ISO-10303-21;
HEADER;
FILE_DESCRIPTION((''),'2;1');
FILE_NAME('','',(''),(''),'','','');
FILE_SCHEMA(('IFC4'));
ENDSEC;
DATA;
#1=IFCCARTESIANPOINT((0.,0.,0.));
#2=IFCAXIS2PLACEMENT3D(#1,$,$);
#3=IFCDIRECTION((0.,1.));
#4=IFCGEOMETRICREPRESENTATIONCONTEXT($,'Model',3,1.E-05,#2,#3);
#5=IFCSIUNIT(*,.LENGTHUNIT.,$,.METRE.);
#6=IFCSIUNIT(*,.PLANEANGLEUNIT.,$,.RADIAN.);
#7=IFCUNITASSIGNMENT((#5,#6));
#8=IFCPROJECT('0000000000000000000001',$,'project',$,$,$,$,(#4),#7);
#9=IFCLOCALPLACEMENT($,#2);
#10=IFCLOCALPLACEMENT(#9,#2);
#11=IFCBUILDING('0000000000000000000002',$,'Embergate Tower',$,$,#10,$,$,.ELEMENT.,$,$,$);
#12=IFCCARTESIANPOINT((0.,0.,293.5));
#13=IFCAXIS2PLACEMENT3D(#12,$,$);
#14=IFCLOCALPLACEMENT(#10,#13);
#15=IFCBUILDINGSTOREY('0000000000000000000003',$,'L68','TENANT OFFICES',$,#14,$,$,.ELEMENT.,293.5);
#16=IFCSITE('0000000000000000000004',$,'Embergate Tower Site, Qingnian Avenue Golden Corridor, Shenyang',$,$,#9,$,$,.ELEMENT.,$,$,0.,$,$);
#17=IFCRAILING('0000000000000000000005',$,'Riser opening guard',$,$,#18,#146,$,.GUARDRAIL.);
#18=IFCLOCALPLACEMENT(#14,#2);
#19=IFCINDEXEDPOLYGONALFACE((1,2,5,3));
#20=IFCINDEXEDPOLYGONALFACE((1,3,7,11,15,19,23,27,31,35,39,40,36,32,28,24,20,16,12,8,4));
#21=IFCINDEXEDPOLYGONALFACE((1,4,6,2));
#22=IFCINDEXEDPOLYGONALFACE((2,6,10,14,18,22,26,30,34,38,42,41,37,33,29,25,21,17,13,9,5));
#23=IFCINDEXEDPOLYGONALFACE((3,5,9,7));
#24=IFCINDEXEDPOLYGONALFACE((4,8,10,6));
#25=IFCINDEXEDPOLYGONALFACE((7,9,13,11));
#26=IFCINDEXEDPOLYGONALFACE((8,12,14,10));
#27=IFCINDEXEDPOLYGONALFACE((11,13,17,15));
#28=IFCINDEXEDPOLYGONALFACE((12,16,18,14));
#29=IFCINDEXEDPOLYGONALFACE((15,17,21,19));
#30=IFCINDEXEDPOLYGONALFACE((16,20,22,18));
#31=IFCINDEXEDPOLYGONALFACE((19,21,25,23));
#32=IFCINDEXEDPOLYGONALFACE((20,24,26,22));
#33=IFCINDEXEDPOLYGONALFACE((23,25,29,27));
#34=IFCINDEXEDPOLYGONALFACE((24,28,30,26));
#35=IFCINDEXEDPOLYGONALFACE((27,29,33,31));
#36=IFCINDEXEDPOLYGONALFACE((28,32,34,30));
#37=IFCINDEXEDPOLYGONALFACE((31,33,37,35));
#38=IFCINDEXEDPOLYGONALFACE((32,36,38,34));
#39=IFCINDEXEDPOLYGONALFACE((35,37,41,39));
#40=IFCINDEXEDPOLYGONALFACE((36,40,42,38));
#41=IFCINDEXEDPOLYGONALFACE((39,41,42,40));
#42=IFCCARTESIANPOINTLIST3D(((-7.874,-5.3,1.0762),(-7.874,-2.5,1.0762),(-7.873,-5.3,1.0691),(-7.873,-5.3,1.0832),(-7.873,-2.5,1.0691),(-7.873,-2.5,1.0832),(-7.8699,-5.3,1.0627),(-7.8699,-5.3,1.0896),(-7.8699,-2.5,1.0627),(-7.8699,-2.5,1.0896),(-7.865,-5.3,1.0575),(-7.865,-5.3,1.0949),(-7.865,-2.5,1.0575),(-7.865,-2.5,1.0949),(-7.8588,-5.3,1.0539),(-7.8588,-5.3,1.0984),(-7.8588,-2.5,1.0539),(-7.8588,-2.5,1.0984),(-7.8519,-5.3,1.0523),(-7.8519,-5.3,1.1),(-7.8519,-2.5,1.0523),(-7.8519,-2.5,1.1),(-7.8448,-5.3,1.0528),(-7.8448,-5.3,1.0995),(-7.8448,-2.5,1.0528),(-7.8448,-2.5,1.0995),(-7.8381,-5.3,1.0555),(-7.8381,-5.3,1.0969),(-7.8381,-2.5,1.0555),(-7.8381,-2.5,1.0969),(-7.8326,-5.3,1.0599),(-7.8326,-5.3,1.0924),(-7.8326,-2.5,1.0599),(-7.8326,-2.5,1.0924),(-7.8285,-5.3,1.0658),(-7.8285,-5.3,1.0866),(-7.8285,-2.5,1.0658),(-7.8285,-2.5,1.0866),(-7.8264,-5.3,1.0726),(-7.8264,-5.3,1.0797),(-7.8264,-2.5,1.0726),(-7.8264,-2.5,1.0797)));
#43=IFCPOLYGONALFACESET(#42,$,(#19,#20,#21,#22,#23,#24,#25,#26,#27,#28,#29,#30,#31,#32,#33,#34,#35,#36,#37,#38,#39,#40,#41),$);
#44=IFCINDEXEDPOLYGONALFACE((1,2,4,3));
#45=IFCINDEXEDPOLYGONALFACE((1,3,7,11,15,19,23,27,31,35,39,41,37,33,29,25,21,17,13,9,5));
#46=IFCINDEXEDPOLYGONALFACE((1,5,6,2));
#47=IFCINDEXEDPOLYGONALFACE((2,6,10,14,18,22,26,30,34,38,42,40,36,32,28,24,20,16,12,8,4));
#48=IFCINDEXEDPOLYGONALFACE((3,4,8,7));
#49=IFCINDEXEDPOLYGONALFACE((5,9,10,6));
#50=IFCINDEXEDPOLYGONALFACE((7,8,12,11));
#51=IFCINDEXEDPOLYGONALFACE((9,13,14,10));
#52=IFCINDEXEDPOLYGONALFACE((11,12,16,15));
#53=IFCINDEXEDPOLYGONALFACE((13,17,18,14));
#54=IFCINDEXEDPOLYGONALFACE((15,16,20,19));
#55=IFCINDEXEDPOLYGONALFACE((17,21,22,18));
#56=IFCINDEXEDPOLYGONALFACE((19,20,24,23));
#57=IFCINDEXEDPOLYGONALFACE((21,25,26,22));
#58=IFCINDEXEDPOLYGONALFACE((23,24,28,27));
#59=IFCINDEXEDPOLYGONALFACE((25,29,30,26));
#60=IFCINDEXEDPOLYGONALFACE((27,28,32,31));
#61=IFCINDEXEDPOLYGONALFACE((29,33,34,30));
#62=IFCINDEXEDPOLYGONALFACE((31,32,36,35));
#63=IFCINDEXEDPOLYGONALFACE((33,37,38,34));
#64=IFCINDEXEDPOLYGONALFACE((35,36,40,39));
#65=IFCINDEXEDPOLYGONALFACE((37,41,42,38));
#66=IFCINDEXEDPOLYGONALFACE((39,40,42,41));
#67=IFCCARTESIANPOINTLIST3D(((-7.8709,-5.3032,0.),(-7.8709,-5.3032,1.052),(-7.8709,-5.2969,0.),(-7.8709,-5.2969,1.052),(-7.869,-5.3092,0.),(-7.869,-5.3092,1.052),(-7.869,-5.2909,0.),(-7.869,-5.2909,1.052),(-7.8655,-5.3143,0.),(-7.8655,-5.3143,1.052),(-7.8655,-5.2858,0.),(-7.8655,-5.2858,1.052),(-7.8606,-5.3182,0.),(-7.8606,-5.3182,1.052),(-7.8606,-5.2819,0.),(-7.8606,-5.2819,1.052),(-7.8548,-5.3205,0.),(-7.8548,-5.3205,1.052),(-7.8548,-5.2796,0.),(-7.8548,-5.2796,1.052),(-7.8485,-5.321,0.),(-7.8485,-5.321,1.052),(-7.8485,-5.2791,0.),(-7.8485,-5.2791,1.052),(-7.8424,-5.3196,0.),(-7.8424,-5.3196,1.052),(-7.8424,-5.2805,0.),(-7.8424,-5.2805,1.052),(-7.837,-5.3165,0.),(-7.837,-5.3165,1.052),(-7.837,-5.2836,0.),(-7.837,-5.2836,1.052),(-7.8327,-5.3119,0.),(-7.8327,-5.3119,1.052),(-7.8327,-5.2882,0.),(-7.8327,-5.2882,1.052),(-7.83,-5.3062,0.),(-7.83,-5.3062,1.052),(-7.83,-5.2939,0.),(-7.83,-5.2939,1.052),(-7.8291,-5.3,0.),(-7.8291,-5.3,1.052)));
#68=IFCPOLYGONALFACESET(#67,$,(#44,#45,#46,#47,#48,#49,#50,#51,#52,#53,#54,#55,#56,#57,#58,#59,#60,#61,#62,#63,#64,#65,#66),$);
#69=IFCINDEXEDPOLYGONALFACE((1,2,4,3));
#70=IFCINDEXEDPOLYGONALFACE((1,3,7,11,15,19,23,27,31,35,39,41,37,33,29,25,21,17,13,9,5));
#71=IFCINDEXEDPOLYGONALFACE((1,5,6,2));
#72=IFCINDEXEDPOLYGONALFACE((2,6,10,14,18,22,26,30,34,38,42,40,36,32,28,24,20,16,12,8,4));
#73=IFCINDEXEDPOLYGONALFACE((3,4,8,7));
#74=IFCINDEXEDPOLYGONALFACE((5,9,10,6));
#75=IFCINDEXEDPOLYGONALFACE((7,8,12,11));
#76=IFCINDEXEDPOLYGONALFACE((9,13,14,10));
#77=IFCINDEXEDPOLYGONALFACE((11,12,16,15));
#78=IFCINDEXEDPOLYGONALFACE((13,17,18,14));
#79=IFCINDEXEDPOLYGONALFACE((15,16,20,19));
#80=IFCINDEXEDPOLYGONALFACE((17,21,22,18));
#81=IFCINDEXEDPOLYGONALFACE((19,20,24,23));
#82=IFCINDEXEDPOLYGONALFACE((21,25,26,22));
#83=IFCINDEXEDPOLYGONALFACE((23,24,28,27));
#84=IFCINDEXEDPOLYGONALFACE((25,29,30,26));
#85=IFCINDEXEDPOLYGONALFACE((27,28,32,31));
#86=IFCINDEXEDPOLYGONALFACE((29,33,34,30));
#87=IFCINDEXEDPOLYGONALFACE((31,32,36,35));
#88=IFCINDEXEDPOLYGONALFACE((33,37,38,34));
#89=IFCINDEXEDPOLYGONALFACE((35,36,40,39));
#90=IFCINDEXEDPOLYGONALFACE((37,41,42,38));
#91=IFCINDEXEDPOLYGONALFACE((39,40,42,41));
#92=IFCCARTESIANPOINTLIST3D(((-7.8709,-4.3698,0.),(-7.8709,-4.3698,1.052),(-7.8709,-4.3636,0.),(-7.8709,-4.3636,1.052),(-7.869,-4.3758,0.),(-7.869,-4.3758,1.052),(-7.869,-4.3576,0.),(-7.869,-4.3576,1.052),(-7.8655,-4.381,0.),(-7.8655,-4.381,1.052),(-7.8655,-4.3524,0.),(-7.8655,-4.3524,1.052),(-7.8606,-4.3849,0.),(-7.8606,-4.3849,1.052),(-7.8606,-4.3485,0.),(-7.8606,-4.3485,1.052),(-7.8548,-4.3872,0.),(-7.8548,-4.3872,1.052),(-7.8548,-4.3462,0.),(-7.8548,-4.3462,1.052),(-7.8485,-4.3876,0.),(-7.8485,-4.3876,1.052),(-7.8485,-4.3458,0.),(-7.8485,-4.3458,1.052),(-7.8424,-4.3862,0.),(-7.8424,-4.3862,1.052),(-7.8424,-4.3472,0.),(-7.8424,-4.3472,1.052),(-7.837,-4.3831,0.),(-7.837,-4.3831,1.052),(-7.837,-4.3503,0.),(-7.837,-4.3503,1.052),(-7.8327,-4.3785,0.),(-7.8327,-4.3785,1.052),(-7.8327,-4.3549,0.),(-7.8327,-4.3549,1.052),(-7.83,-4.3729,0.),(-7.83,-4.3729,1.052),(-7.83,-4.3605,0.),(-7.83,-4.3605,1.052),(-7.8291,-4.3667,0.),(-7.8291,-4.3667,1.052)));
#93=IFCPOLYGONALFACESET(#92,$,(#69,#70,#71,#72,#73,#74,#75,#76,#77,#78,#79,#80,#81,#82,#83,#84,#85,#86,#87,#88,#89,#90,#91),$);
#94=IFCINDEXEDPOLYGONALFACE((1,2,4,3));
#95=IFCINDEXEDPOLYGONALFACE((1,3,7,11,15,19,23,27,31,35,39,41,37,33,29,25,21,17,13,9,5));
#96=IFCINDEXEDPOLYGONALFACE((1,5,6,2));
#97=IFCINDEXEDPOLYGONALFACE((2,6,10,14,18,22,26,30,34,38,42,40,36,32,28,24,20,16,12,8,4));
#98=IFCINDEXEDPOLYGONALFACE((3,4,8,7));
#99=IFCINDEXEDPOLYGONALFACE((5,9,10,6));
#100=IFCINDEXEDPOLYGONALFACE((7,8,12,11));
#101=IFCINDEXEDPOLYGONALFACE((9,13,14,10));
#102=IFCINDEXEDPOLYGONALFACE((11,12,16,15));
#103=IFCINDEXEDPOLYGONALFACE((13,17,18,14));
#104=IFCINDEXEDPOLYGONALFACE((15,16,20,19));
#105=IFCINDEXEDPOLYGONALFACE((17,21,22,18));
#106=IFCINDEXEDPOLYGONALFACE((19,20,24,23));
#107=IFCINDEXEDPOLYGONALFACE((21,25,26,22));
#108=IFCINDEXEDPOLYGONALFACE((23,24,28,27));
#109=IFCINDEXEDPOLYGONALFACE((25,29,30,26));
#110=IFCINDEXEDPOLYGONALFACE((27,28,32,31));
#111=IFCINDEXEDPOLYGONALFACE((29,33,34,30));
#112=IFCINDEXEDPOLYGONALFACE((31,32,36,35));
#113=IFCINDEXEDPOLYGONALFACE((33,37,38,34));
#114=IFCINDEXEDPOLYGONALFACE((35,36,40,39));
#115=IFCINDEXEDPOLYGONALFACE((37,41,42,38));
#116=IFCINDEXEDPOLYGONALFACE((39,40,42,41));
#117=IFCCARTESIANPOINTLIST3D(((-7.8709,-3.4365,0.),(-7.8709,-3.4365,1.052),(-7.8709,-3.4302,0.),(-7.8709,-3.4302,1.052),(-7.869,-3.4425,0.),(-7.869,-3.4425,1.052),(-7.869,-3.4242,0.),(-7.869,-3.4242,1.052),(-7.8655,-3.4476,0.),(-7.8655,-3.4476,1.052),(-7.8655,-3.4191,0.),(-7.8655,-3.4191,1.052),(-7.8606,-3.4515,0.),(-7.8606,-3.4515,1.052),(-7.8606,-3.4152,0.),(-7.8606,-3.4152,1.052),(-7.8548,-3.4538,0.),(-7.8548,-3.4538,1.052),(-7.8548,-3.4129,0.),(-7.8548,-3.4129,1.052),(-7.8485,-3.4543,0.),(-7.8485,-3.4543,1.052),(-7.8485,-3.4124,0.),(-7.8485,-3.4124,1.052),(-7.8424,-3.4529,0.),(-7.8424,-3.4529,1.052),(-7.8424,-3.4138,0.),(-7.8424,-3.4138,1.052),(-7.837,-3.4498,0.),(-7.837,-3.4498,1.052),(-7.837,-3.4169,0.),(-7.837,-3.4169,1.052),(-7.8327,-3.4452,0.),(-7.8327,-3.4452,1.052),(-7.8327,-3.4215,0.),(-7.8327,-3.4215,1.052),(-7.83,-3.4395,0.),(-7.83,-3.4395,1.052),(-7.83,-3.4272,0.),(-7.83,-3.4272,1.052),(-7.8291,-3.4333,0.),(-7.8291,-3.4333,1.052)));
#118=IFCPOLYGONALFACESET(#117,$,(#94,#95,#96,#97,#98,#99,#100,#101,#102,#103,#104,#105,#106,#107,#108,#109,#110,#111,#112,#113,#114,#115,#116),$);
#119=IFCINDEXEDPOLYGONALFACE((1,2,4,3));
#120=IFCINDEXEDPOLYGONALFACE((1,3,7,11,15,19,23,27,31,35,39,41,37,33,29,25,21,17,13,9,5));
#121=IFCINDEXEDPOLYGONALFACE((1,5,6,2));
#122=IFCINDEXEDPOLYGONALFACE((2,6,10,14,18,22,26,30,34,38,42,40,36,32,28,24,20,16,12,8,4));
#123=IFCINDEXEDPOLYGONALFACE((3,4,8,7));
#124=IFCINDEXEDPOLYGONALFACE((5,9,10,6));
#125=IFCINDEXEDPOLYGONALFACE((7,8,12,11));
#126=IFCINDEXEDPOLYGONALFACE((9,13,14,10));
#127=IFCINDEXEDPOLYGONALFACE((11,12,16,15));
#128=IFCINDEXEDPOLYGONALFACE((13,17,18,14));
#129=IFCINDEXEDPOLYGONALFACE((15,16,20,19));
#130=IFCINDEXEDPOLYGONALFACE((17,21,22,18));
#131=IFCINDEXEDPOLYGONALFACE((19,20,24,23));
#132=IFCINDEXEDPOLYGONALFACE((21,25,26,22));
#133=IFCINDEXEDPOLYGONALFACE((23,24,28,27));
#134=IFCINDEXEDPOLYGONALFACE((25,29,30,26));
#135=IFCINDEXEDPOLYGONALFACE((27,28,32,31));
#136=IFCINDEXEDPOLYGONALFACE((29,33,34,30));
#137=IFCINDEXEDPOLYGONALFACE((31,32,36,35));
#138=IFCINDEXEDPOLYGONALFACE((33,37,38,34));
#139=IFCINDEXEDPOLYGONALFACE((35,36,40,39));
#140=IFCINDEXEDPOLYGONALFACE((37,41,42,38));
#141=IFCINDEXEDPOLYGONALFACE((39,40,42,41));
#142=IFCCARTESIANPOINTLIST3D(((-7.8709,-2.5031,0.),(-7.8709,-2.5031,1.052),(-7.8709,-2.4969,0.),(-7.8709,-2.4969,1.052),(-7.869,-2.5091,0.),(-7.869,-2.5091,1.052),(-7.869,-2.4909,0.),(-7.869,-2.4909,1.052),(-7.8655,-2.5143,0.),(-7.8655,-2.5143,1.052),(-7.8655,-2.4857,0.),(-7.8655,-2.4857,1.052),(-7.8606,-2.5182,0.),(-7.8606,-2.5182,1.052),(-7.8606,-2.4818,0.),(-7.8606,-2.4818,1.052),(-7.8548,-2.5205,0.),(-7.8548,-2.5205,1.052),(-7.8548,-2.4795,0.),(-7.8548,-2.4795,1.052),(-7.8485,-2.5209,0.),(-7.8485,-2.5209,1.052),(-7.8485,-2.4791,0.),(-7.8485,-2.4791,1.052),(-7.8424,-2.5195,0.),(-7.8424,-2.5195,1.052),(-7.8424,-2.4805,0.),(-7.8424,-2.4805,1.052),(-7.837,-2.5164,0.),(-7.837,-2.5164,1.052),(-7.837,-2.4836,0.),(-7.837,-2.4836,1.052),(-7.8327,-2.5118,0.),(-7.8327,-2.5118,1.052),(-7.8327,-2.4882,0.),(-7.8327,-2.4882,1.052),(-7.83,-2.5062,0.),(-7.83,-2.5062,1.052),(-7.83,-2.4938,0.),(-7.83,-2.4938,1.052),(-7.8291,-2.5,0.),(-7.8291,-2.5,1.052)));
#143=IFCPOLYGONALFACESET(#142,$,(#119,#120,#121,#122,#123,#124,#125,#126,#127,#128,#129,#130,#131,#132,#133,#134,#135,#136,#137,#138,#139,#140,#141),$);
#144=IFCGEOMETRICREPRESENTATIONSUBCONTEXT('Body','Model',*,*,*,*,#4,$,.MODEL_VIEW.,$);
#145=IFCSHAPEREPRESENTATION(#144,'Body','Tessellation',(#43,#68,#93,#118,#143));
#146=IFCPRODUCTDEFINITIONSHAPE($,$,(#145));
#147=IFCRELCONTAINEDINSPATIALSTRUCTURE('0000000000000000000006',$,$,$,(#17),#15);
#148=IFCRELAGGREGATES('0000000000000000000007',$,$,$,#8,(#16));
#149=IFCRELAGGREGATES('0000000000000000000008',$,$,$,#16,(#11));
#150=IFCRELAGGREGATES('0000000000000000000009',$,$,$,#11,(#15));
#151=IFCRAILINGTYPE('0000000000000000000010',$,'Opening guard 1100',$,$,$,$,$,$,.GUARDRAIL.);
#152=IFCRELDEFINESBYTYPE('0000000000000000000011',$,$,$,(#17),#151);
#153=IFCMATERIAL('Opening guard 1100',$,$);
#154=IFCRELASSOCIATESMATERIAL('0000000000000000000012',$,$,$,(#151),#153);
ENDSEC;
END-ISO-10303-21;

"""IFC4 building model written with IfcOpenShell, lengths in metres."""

from ifc_helpers import new_model, si_unit, direction, frame, origin, origin_2d, place, context, subcontext, project, spatial, circle, extrude, source, transform, mapped, material, type_object, element, save


model = new_model("IFC4")

# Units and contexts
model_context = context("Model", 3, precision=1e-05, world=origin(), true_north=direction((0.0, 1.0)))
body_context = subcontext(model_context, "Body", "Model", "MODEL_VIEW")
ifc_project = project(units=[si_unit("LENGTHUNIT", "METRE"), si_unit("PLANEANGLEUNIT", "RADIAN")], contexts=[model_context])

# Site, building, storey
site_placement = place(None, origin())
site = spatial("IfcSite", under=ifc_project, at=site_placement, Name="Embergate Tower Site, Qingnian Avenue Golden Corridor, Shenyang", CompositionType="ELEMENT", RefElevation=0.0)
building_placement = place(site_placement, origin())
building = spatial("IfcBuilding", under=site, at=building_placement, Name="Embergate Tower", CompositionType="ELEMENT")
storey_placement = place(building_placement, frame((0.0, 0.0, 293.5)))
storey = spatial("IfcBuildingStorey", under=building, at=storey_placement, Name="L68", Description="TENANT OFFICES", CompositionType="ELEMENT", Elevation=293.5)

# Railing
ifc_material_1 = material(Name="Opening guard 1100")
railing_type_1 = type_object("IfcRailingType", Name="Opening guard 1100", PredefinedType="GUARDRAIL", material=ifc_material_1)
shared_shape_1 = source(origin(), body_context, "Body", "SweptSolid", [
    extrude(circle(Radius=0.0239, at=origin_2d()), frame((0.0, 0.0, 1.0762), z_axis=(0.0, 1.0, 0.0), x_axis=(-1.0, 0.0, 0.0)), (0.0, 0.0, 1.0), 2.8),
    extrude(circle(Radius=0.021, at=origin_2d()), origin(), (0.0, 0.0, 1.0), 1.052),
    extrude(circle(Radius=0.021, at=origin_2d()), frame((0.0, 0.9333, 0.0)), (0.0, 0.0, 1.0), 1.052),
    extrude(circle(Radius=0.021, at=origin_2d()), frame((0.0, 1.8667, 0.0)), (0.0, 0.0, 1.0), 1.052),
    extrude(circle(Radius=0.021, at=origin_2d()), frame((0.0, 2.8, 0.0)), (0.0, 0.0, 1.0), 1.052),
])
railing_1_placement = place(storey_placement, frame((-7.8501, -5.3, 0.0)))
element("IfcRailing", 1, at=railing_1_placement, inside=storey, type_object=railing_type_1, Name="Riser opening guard", PredefinedType="GUARDRAIL", context=body_context, shape_type="MappedRepresentation", body=[
    mapped(shared_shape_1, transform((0.0, 0.0, 0.0))),
])

save(model, "model.ifc")
